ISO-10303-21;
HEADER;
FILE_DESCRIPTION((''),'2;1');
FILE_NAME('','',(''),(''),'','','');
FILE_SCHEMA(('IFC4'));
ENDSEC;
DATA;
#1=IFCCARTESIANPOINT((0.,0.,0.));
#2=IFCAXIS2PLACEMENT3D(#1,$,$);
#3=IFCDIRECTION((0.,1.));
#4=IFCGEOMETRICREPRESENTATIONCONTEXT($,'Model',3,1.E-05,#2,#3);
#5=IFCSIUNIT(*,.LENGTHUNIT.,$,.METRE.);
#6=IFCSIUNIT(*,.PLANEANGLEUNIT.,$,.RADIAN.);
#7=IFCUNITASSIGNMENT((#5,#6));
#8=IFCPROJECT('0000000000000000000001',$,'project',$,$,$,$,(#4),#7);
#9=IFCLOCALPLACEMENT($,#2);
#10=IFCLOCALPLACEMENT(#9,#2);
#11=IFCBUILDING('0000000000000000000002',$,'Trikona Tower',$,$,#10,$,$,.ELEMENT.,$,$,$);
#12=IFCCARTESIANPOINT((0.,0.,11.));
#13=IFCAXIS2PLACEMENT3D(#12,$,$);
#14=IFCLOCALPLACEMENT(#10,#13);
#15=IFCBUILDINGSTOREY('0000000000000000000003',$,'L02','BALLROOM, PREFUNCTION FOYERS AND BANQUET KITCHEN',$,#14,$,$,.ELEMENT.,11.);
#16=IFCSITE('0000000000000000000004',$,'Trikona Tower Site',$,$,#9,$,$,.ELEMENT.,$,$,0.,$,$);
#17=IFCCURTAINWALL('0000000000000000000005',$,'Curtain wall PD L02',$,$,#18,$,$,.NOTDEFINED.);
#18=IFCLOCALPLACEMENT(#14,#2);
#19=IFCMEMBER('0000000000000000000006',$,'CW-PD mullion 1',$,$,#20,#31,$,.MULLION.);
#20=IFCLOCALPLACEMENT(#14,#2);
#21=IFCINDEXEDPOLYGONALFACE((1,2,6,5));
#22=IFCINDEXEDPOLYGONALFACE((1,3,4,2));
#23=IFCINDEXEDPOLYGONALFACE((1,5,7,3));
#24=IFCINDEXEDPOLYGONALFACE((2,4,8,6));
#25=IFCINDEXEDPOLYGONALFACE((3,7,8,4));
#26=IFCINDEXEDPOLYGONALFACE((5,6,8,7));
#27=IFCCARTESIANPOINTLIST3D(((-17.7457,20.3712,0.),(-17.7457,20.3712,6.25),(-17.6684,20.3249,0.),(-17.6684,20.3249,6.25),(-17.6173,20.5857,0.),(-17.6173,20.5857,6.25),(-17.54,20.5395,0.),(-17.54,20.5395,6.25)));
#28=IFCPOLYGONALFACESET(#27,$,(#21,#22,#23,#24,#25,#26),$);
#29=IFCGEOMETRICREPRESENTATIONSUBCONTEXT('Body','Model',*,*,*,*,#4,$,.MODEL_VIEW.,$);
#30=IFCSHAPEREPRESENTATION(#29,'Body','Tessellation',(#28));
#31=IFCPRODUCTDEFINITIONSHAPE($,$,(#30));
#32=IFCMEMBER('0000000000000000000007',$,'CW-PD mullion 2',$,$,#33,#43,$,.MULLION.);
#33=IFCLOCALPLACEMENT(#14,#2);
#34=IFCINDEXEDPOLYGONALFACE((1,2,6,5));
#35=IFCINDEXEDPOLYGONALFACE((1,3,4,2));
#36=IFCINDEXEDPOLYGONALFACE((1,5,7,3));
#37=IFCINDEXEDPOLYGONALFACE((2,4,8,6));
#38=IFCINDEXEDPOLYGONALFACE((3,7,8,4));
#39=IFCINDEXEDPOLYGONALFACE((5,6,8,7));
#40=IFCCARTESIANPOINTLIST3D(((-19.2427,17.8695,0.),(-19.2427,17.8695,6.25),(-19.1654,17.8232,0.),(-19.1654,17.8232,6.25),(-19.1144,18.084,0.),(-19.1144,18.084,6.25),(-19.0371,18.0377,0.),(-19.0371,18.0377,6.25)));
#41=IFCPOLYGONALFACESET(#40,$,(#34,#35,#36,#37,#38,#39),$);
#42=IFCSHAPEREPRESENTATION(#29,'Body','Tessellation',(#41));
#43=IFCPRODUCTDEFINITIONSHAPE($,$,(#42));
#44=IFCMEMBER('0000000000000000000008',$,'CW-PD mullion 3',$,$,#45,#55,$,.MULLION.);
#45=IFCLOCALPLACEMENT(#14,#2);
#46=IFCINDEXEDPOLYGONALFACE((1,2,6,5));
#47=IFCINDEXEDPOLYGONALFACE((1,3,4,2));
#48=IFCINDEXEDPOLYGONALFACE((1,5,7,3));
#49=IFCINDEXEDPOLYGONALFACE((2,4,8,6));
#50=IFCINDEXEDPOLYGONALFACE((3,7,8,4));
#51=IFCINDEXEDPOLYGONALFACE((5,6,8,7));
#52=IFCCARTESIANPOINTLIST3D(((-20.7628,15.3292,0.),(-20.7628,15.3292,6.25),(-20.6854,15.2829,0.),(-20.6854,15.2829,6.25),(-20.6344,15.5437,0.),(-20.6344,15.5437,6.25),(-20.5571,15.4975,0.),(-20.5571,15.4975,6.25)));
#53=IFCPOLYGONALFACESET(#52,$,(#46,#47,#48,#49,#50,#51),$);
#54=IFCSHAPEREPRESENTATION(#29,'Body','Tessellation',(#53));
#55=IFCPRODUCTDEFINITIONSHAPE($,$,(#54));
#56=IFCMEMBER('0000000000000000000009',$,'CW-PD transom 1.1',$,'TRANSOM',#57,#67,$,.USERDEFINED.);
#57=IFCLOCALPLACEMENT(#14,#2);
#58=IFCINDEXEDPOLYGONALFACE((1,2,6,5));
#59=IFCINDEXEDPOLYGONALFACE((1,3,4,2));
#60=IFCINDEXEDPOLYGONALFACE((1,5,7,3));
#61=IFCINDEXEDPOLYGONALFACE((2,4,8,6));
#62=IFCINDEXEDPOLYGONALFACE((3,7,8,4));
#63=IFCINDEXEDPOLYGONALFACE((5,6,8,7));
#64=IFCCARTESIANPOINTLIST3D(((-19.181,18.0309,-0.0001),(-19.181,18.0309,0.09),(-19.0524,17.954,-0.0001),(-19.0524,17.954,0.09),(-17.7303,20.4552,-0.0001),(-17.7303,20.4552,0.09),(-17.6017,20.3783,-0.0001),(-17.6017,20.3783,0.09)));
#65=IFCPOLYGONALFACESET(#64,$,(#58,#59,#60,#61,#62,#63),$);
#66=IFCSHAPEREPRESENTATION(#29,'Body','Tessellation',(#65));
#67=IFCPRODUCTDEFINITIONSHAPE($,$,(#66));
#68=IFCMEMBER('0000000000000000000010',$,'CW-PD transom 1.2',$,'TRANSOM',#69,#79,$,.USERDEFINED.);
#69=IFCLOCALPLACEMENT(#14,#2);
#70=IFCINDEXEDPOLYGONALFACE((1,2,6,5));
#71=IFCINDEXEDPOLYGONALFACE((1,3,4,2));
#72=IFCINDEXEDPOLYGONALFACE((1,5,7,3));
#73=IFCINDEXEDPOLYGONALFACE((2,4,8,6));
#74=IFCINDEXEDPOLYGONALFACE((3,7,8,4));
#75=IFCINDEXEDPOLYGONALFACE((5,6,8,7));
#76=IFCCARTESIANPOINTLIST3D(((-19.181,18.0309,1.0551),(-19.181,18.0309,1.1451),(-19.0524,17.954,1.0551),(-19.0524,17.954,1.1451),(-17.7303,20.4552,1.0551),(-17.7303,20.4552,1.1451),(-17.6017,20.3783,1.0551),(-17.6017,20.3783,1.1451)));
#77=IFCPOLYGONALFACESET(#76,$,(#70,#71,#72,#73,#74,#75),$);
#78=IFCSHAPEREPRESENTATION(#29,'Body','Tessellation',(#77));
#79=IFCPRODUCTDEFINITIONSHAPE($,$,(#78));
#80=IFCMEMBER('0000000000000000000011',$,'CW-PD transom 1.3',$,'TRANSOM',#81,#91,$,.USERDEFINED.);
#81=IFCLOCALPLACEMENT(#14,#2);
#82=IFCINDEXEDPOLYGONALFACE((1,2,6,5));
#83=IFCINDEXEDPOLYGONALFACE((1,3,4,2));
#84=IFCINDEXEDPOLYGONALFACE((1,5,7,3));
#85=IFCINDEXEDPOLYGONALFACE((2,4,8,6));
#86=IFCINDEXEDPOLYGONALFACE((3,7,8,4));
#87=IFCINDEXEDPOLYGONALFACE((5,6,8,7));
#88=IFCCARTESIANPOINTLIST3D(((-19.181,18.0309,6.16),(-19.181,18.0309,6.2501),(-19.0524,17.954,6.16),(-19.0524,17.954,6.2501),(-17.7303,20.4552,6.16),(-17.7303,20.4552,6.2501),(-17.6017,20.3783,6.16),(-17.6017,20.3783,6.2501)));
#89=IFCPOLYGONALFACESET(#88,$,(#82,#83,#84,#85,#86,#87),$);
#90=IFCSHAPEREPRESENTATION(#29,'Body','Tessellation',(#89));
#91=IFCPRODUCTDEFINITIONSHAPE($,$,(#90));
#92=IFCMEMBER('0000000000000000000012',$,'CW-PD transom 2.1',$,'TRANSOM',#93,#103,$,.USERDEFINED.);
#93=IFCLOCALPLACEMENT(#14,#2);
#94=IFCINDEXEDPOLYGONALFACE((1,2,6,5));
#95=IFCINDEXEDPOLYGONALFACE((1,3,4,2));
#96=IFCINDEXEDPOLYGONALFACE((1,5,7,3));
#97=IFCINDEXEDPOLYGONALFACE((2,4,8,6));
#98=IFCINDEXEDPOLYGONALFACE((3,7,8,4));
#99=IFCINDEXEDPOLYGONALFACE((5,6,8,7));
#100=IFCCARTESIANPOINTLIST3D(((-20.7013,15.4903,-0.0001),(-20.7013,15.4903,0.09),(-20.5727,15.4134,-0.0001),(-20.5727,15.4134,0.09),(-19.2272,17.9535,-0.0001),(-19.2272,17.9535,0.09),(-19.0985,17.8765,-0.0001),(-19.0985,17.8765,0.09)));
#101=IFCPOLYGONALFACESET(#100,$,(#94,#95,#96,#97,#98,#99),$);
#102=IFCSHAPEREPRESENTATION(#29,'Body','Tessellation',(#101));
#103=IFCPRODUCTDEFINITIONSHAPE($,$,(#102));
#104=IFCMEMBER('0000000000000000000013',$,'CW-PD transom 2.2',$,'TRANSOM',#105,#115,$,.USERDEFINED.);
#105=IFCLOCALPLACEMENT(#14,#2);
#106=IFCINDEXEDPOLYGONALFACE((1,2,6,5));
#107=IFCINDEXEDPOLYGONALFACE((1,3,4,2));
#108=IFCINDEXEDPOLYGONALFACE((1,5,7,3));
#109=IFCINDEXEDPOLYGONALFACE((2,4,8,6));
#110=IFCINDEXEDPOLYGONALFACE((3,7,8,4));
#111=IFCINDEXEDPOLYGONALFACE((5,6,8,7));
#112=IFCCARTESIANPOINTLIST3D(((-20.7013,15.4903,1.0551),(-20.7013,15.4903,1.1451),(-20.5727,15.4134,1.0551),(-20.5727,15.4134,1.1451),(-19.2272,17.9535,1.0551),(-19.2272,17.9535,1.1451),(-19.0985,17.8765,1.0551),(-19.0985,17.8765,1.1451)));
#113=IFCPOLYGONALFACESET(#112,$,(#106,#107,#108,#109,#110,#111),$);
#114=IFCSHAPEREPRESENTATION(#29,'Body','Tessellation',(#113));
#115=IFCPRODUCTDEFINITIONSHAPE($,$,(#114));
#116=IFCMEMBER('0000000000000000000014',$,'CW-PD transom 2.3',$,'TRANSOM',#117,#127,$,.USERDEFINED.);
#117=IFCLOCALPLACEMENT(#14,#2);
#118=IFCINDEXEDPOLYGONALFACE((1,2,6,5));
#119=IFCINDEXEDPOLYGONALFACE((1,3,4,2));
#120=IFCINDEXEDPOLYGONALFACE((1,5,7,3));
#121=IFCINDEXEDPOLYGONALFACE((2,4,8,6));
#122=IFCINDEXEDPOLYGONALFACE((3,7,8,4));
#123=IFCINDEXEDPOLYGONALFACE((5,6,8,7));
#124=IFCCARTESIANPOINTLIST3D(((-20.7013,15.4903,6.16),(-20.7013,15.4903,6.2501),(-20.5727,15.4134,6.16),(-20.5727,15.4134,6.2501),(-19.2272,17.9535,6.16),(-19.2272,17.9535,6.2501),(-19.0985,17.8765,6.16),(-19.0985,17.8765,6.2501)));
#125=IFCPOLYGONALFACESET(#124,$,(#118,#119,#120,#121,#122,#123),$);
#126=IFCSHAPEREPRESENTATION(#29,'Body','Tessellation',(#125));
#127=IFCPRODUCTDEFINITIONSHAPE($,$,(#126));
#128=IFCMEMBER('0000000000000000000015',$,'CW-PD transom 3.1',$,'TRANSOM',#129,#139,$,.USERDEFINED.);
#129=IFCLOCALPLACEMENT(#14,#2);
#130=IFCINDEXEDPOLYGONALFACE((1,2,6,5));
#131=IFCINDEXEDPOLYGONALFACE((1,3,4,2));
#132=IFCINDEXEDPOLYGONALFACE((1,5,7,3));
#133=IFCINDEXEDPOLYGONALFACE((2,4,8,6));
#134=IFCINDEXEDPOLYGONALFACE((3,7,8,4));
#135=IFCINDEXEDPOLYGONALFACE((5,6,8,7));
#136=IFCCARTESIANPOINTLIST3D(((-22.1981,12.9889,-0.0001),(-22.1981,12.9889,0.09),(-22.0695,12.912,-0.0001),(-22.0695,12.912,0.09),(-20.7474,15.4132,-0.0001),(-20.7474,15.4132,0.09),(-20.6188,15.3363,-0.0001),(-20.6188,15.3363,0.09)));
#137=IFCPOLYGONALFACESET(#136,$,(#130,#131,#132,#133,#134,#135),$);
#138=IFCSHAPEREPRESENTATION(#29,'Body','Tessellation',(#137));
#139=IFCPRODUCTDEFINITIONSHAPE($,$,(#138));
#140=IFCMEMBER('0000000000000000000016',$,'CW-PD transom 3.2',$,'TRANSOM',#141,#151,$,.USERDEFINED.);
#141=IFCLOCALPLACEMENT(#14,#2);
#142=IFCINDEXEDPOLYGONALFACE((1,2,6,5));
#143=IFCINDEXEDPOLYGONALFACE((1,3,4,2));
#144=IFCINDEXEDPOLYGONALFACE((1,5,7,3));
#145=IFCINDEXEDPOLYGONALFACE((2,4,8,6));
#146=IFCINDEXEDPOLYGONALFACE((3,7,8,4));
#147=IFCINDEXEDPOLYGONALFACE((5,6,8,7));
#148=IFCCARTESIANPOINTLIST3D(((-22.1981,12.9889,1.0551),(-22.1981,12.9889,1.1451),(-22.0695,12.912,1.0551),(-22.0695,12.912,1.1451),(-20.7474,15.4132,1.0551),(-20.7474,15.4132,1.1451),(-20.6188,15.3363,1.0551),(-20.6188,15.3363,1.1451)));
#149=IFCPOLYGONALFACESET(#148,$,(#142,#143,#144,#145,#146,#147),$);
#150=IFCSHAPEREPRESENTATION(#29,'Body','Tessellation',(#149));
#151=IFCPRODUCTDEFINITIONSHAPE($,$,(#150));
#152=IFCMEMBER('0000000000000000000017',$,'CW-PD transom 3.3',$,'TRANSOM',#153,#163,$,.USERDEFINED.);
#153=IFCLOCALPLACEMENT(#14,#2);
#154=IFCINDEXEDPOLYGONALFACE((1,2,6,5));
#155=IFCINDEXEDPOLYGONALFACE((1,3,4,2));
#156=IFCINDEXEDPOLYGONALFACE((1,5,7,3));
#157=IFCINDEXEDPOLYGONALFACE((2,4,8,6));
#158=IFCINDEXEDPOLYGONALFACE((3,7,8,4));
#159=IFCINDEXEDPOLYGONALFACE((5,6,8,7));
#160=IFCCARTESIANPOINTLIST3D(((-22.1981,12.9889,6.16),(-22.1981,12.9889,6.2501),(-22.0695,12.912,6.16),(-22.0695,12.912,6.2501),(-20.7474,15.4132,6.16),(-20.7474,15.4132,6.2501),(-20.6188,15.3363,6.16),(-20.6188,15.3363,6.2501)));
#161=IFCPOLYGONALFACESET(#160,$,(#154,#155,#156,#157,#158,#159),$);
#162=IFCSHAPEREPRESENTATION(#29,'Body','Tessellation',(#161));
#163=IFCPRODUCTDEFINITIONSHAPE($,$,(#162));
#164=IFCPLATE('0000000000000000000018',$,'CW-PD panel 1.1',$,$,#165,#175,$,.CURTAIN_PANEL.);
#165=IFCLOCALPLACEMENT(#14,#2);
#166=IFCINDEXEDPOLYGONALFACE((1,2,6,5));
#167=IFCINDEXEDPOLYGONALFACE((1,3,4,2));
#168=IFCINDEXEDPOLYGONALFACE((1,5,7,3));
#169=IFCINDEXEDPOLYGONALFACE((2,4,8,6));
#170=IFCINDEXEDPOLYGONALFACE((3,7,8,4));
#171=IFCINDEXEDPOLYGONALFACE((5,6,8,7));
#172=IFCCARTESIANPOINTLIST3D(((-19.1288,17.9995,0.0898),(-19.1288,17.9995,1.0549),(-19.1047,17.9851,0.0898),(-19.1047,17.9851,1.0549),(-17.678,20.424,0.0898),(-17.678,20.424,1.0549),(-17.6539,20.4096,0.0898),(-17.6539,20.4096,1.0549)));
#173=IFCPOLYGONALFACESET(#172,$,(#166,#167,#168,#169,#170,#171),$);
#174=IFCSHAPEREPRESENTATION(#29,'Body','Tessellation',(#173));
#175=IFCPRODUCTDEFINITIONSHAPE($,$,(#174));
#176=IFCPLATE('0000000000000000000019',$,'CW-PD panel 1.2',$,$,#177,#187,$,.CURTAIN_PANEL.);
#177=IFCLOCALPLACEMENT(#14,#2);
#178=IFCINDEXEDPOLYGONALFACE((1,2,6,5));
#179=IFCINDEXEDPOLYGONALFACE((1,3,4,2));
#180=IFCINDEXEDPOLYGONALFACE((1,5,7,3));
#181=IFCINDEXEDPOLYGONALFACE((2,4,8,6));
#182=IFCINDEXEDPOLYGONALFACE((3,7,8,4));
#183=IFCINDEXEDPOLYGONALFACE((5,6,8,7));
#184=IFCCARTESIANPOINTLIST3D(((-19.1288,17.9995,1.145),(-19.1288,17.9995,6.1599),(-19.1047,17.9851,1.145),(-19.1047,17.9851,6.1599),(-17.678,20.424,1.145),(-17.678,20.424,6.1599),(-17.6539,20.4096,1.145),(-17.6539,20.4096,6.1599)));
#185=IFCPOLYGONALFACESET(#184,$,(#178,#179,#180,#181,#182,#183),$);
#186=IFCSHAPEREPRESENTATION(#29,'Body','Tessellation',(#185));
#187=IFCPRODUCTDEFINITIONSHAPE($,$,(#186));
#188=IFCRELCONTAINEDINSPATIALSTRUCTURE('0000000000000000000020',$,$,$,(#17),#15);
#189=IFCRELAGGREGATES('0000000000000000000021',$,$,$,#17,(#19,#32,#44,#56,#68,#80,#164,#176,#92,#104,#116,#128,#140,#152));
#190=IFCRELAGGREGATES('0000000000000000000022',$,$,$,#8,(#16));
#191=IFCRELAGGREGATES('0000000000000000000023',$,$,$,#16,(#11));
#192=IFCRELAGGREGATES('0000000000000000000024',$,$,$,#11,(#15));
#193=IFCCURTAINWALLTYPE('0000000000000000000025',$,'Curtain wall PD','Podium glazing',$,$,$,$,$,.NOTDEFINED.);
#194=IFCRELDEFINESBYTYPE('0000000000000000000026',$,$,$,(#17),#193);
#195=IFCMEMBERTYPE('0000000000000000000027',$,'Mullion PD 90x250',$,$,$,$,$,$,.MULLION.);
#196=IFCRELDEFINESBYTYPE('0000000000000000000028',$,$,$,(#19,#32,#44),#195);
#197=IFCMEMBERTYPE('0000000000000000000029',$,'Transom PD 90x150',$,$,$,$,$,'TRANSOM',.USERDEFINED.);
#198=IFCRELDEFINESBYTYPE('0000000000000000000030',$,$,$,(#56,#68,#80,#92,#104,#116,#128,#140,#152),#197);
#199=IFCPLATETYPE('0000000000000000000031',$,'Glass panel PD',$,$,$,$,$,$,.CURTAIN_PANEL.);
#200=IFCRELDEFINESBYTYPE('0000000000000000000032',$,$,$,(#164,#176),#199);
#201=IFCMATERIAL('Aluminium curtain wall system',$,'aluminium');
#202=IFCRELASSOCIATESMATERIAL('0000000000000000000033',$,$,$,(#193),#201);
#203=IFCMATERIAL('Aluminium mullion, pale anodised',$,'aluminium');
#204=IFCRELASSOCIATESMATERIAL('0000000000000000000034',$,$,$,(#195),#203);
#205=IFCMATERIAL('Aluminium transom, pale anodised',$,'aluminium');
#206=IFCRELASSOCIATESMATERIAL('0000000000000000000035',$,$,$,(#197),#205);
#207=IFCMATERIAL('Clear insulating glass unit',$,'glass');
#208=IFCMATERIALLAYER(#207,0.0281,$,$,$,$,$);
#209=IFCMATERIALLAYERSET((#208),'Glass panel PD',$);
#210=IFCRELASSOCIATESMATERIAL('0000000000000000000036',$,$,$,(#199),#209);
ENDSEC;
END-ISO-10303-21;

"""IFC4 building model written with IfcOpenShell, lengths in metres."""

from ifc_helpers import new_model, si_unit, direction, frame, origin, origin_2d, place, context, subcontext, project, spatial, rectangle, extrude, material, layer, layer_set, material_profile, profile_set, type_object, element, aggregate, save


model = new_model("IFC4")

# Units and contexts
model_context = context("Model", 3, precision=1e-05, world=origin(), true_north=direction((0.0, 1.0)))
body_context = subcontext(model_context, "Body", "Model", "MODEL_VIEW")
ifc_project = project(units=[si_unit("LENGTHUNIT", "METRE"), si_unit("PLANEANGLEUNIT", "RADIAN")], contexts=[model_context])

# Site, building, storey
site_placement = place(None, origin())
site = spatial("IfcSite", under=ifc_project, at=site_placement, Name="Trikona Tower Site", CompositionType="ELEMENT", RefElevation=0.0)
building_placement = place(site_placement, origin())
building = spatial("IfcBuilding", under=site, at=building_placement, Name="Trikona Tower", CompositionType="ELEMENT")
storey_placement = place(building_placement, frame((0.0, 0.0, 11.0)))
storey = spatial("IfcBuildingStorey", under=building, at=storey_placement, Name="L02", Description="BALLROOM, PREFUNCTION FOYERS AND BANQUET KITCHEN", CompositionType="ELEMENT", Elevation=11.0)

# Curtain wall, members, plates
ifc_material_1 = material(Name="Aluminium curtain wall system", Category="aluminium")
curtain_wall_type = type_object("IfcCurtainWallType", Name="Curtain wall PD", Description="Podium glazing", PredefinedType="NOTDEFINED", material=ifc_material_1)
curtain_wall_placement = place(storey_placement, origin())
curtain_wall = element("IfcCurtainWall", 1, at=curtain_wall_placement, inside=storey, type_object=curtain_wall_type, Name="Curtain wall PD L02", PredefinedType="NOTDEFINED")
ifc_material_2 = material(Name="Aluminium mullion, pale anodised", Category="aluminium")
ifc_material_profile_1 = material_profile(ifc_material_2, rectangle(XDim=0.0901, YDim=0.25, at=origin_2d()), Name="MUL-PD")
ifc_profile_set_1 = profile_set([ifc_material_profile_1], Name="Aluminium mullion, pale anodised")
member_type_1 = type_object("IfcMemberType", Name="Mullion PD 90x250", PredefinedType="MULLION", material=ifc_profile_set_1)
member_1_placement = place(storey_placement, frame((-17.6428, 20.4553, 0.0), z_axis=(0.0, 0.0, 1.0), x_axis=(0.858095, -0.51349, 0.0)))
member_1 = element("IfcMember", 2, at=member_1_placement, type_object=member_type_1, Name="CW-PD mullion 1", PredefinedType="MULLION", context=body_context, shape_type="SweptSolid", body=[
    extrude(rectangle(XDim=0.0901, YDim=0.25, at=origin_2d()), origin(), (0.0, 0.0, 1.0), 6.25),
])
member_2_placement = place(storey_placement, frame((-19.1399, 17.9536, 0.0), z_axis=(0.0, 0.0, 1.0), x_axis=(0.858095, -0.51349, 0.0)))
member_2 = element("IfcMember", 3, at=member_2_placement, type_object=member_type_1, Name="CW-PD mullion 2", PredefinedType="MULLION", context=body_context, shape_type="SweptSolid", body=[
    extrude(rectangle(XDim=0.0901, YDim=0.25, at=origin_2d()), origin(), (0.0, 0.0, 1.0), 6.25),
])
member_3_placement = place(storey_placement, frame((-20.6599, 15.4133, 0.0), z_axis=(0.0, 0.0, 1.0), x_axis=(0.858095, -0.51349, 0.0)))
member_3 = element("IfcMember", 4, at=member_3_placement, type_object=member_type_1, Name="CW-PD mullion 3", PredefinedType="MULLION", context=body_context, shape_type="SweptSolid", body=[
    extrude(rectangle(XDim=0.0901, YDim=0.25, at=origin_2d()), origin(), (0.0, 0.0, 1.0), 6.25),
])
ifc_material_3 = material(Name="Aluminium transom, pale anodised", Category="aluminium")
ifc_material_profile_2 = material_profile(ifc_material_3, rectangle(XDim=0.1499, YDim=0.0901, at=origin_2d()), Name="TRN-PD")
ifc_profile_set_2 = profile_set([ifc_material_profile_2], Name="Aluminium transom, pale anodised")
member_type_2 = type_object("IfcMemberType", Name="Transom PD 90x150", ElementType="TRANSOM", PredefinedType="USERDEFINED", material=ifc_profile_set_2)
member_4_placement = place(storey_placement, frame((-17.666, 20.4167, 0.0449), z_axis=(-0.513479, -0.858102, 0.0), x_axis=(0.858102, -0.513479, 0.0)))
member_4 = element("IfcMember", 5, at=member_4_placement, type_object=member_type_2, Name="CW-PD transom 1.1", ObjectType="TRANSOM", PredefinedType="USERDEFINED", context=body_context, shape_type="SweptSolid", body=[
    extrude(rectangle(XDim=0.1499, YDim=0.0901, at=origin_2d()), origin(), (0.0, 0.0, 1.0), 2.8252),
])
member_5_placement = place(storey_placement, frame((-17.666, 20.4167, 1.1001), z_axis=(-0.513479, -0.858102, 0.0), x_axis=(0.858102, -0.513479, 0.0)))
member_5 = element("IfcMember", 6, at=member_5_placement, type_object=member_type_2, Name="CW-PD transom 1.2", ObjectType="TRANSOM", PredefinedType="USERDEFINED", context=body_context, shape_type="SweptSolid", body=[
    extrude(rectangle(XDim=0.1499, YDim=0.0901, at=origin_2d()), origin(), (0.0, 0.0, 1.0), 2.8252),
])
member_6_placement = place(storey_placement, frame((-17.666, 20.4167, 6.2051), z_axis=(-0.513479, -0.858102, 0.0), x_axis=(0.858102, -0.513479, 0.0)))
member_6 = element("IfcMember", 7, at=member_6_placement, type_object=member_type_2, Name="CW-PD transom 1.3", ObjectType="TRANSOM", PredefinedType="USERDEFINED", context=body_context, shape_type="SweptSolid", body=[
    extrude(rectangle(XDim=0.1499, YDim=0.0901, at=origin_2d()), origin(), (0.0, 0.0, 1.0), 2.8252),
])
member_7_placement = place(storey_placement, frame((-19.1628, 17.915, 0.0449), z_axis=(-0.513532, -0.85807, 0.0), x_axis=(0.85807, -0.513532, 0.0)))
member_7 = element("IfcMember", 8, at=member_7_placement, type_object=member_type_2, Name="CW-PD transom 2.1", ObjectType="TRANSOM", PredefinedType="USERDEFINED", context=body_context, shape_type="SweptSolid", body=[
    extrude(rectangle(XDim=0.1499, YDim=0.0901, at=origin_2d()), origin(), (0.0, 0.0, 1.0), 2.8706),
])
member_8_placement = place(storey_placement, frame((-19.1628, 17.915, 1.1001), z_axis=(-0.513532, -0.85807, 0.0), x_axis=(0.85807, -0.513532, 0.0)))
member_8 = element("IfcMember", 9, at=member_8_placement, type_object=member_type_2, Name="CW-PD transom 2.2", ObjectType="TRANSOM", PredefinedType="USERDEFINED", context=body_context, shape_type="SweptSolid", body=[
    extrude(rectangle(XDim=0.1499, YDim=0.0901, at=origin_2d()), origin(), (0.0, 0.0, 1.0), 2.8706),
])
member_9_placement = place(storey_placement, frame((-19.1628, 17.915, 6.2051), z_axis=(-0.513532, -0.85807, 0.0), x_axis=(0.85807, -0.513532, 0.0)))
member_9 = element("IfcMember", 10, at=member_9_placement, type_object=member_type_2, Name="CW-PD transom 2.3", ObjectType="TRANSOM", PredefinedType="USERDEFINED", context=body_context, shape_type="SweptSolid", body=[
    extrude(rectangle(XDim=0.1499, YDim=0.0901, at=origin_2d()), origin(), (0.0, 0.0, 1.0), 2.8706),
])
member_10_placement = place(storey_placement, frame((-20.6831, 15.3748, 0.0449), z_axis=(-0.513479, -0.858102, 0.0), x_axis=(0.858102, -0.513479, 0.0)))
member_10 = element("IfcMember", 11, at=member_10_placement, type_object=member_type_2, Name="CW-PD transom 3.1", ObjectType="TRANSOM", PredefinedType="USERDEFINED", context=body_context, shape_type="SweptSolid", body=[
    extrude(rectangle(XDim=0.1499, YDim=0.0901, at=origin_2d()), origin(), (0.0, 0.0, 1.0), 2.8252),
])
member_11_placement = place(storey_placement, frame((-20.6831, 15.3748, 1.1001), z_axis=(-0.513479, -0.858102, 0.0), x_axis=(0.858102, -0.513479, 0.0)))
member_11 = element("IfcMember", 12, at=member_11_placement, type_object=member_type_2, Name="CW-PD transom 3.2", ObjectType="TRANSOM", PredefinedType="USERDEFINED", context=body_context, shape_type="SweptSolid", body=[
    extrude(rectangle(XDim=0.1499, YDim=0.0901, at=origin_2d()), origin(), (0.0, 0.0, 1.0), 2.8252),
])
member_12_placement = place(storey_placement, frame((-20.6831, 15.3748, 6.2051), z_axis=(-0.513479, -0.858102, 0.0), x_axis=(0.858102, -0.513479, 0.0)))
member_12 = element("IfcMember", 13, at=member_12_placement, type_object=member_type_2, Name="CW-PD transom 3.3", ObjectType="TRANSOM", PredefinedType="USERDEFINED", context=body_context, shape_type="SweptSolid", body=[
    extrude(rectangle(XDim=0.1499, YDim=0.0901, at=origin_2d()), origin(), (0.0, 0.0, 1.0), 2.8252),
])
ifc_material_4 = material(Name="Clear insulating glass unit", Category="glass")
ifc_layer_1 = layer(ifc_material_4, 0.0281)
ifc_layer_set_1 = layer_set([ifc_layer_1], Name="Glass panel PD")
plate_type = type_object("IfcPlateType", Name="Glass panel PD", PredefinedType="CURTAIN_PANEL", material=ifc_layer_set_1)
plate_1_placement = place(storey_placement, frame((-18.3914, 19.2046, 0.0898), z_axis=(0.0, 0.0, 1.0), x_axis=(-0.51349, -0.858095, 0.0)))
plate_1 = element("IfcPlate", 14, at=plate_1_placement, type_object=plate_type, Name="CW-PD panel 1.1", PredefinedType="CURTAIN_PANEL", context=body_context, shape_type="SweptSolid", body=[
    extrude(rectangle(XDim=2.8254, YDim=0.0281, at=origin_2d()), origin(), (0.0, 0.0, 1.0), 0.9651),
])
plate_2_placement = place(storey_placement, frame((-18.3914, 19.2046, 1.145), z_axis=(0.0, 0.0, 1.0), x_axis=(-0.51349, -0.858095, 0.0)))
plate_2 = element("IfcPlate", 15, at=plate_2_placement, type_object=plate_type, Name="CW-PD panel 1.2", PredefinedType="CURTAIN_PANEL", context=body_context, shape_type="SweptSolid", body=[
    extrude(rectangle(XDim=2.8254, YDim=0.0281, at=origin_2d()), origin(), (0.0, 0.0, 1.0), 5.0149),
])
aggregate(curtain_wall, [member_1, member_2, member_3, member_4, member_5, member_6, plate_1, plate_2, member_7, member_8, member_9, member_10, member_11, member_12])

save(model, "model.ifc")
